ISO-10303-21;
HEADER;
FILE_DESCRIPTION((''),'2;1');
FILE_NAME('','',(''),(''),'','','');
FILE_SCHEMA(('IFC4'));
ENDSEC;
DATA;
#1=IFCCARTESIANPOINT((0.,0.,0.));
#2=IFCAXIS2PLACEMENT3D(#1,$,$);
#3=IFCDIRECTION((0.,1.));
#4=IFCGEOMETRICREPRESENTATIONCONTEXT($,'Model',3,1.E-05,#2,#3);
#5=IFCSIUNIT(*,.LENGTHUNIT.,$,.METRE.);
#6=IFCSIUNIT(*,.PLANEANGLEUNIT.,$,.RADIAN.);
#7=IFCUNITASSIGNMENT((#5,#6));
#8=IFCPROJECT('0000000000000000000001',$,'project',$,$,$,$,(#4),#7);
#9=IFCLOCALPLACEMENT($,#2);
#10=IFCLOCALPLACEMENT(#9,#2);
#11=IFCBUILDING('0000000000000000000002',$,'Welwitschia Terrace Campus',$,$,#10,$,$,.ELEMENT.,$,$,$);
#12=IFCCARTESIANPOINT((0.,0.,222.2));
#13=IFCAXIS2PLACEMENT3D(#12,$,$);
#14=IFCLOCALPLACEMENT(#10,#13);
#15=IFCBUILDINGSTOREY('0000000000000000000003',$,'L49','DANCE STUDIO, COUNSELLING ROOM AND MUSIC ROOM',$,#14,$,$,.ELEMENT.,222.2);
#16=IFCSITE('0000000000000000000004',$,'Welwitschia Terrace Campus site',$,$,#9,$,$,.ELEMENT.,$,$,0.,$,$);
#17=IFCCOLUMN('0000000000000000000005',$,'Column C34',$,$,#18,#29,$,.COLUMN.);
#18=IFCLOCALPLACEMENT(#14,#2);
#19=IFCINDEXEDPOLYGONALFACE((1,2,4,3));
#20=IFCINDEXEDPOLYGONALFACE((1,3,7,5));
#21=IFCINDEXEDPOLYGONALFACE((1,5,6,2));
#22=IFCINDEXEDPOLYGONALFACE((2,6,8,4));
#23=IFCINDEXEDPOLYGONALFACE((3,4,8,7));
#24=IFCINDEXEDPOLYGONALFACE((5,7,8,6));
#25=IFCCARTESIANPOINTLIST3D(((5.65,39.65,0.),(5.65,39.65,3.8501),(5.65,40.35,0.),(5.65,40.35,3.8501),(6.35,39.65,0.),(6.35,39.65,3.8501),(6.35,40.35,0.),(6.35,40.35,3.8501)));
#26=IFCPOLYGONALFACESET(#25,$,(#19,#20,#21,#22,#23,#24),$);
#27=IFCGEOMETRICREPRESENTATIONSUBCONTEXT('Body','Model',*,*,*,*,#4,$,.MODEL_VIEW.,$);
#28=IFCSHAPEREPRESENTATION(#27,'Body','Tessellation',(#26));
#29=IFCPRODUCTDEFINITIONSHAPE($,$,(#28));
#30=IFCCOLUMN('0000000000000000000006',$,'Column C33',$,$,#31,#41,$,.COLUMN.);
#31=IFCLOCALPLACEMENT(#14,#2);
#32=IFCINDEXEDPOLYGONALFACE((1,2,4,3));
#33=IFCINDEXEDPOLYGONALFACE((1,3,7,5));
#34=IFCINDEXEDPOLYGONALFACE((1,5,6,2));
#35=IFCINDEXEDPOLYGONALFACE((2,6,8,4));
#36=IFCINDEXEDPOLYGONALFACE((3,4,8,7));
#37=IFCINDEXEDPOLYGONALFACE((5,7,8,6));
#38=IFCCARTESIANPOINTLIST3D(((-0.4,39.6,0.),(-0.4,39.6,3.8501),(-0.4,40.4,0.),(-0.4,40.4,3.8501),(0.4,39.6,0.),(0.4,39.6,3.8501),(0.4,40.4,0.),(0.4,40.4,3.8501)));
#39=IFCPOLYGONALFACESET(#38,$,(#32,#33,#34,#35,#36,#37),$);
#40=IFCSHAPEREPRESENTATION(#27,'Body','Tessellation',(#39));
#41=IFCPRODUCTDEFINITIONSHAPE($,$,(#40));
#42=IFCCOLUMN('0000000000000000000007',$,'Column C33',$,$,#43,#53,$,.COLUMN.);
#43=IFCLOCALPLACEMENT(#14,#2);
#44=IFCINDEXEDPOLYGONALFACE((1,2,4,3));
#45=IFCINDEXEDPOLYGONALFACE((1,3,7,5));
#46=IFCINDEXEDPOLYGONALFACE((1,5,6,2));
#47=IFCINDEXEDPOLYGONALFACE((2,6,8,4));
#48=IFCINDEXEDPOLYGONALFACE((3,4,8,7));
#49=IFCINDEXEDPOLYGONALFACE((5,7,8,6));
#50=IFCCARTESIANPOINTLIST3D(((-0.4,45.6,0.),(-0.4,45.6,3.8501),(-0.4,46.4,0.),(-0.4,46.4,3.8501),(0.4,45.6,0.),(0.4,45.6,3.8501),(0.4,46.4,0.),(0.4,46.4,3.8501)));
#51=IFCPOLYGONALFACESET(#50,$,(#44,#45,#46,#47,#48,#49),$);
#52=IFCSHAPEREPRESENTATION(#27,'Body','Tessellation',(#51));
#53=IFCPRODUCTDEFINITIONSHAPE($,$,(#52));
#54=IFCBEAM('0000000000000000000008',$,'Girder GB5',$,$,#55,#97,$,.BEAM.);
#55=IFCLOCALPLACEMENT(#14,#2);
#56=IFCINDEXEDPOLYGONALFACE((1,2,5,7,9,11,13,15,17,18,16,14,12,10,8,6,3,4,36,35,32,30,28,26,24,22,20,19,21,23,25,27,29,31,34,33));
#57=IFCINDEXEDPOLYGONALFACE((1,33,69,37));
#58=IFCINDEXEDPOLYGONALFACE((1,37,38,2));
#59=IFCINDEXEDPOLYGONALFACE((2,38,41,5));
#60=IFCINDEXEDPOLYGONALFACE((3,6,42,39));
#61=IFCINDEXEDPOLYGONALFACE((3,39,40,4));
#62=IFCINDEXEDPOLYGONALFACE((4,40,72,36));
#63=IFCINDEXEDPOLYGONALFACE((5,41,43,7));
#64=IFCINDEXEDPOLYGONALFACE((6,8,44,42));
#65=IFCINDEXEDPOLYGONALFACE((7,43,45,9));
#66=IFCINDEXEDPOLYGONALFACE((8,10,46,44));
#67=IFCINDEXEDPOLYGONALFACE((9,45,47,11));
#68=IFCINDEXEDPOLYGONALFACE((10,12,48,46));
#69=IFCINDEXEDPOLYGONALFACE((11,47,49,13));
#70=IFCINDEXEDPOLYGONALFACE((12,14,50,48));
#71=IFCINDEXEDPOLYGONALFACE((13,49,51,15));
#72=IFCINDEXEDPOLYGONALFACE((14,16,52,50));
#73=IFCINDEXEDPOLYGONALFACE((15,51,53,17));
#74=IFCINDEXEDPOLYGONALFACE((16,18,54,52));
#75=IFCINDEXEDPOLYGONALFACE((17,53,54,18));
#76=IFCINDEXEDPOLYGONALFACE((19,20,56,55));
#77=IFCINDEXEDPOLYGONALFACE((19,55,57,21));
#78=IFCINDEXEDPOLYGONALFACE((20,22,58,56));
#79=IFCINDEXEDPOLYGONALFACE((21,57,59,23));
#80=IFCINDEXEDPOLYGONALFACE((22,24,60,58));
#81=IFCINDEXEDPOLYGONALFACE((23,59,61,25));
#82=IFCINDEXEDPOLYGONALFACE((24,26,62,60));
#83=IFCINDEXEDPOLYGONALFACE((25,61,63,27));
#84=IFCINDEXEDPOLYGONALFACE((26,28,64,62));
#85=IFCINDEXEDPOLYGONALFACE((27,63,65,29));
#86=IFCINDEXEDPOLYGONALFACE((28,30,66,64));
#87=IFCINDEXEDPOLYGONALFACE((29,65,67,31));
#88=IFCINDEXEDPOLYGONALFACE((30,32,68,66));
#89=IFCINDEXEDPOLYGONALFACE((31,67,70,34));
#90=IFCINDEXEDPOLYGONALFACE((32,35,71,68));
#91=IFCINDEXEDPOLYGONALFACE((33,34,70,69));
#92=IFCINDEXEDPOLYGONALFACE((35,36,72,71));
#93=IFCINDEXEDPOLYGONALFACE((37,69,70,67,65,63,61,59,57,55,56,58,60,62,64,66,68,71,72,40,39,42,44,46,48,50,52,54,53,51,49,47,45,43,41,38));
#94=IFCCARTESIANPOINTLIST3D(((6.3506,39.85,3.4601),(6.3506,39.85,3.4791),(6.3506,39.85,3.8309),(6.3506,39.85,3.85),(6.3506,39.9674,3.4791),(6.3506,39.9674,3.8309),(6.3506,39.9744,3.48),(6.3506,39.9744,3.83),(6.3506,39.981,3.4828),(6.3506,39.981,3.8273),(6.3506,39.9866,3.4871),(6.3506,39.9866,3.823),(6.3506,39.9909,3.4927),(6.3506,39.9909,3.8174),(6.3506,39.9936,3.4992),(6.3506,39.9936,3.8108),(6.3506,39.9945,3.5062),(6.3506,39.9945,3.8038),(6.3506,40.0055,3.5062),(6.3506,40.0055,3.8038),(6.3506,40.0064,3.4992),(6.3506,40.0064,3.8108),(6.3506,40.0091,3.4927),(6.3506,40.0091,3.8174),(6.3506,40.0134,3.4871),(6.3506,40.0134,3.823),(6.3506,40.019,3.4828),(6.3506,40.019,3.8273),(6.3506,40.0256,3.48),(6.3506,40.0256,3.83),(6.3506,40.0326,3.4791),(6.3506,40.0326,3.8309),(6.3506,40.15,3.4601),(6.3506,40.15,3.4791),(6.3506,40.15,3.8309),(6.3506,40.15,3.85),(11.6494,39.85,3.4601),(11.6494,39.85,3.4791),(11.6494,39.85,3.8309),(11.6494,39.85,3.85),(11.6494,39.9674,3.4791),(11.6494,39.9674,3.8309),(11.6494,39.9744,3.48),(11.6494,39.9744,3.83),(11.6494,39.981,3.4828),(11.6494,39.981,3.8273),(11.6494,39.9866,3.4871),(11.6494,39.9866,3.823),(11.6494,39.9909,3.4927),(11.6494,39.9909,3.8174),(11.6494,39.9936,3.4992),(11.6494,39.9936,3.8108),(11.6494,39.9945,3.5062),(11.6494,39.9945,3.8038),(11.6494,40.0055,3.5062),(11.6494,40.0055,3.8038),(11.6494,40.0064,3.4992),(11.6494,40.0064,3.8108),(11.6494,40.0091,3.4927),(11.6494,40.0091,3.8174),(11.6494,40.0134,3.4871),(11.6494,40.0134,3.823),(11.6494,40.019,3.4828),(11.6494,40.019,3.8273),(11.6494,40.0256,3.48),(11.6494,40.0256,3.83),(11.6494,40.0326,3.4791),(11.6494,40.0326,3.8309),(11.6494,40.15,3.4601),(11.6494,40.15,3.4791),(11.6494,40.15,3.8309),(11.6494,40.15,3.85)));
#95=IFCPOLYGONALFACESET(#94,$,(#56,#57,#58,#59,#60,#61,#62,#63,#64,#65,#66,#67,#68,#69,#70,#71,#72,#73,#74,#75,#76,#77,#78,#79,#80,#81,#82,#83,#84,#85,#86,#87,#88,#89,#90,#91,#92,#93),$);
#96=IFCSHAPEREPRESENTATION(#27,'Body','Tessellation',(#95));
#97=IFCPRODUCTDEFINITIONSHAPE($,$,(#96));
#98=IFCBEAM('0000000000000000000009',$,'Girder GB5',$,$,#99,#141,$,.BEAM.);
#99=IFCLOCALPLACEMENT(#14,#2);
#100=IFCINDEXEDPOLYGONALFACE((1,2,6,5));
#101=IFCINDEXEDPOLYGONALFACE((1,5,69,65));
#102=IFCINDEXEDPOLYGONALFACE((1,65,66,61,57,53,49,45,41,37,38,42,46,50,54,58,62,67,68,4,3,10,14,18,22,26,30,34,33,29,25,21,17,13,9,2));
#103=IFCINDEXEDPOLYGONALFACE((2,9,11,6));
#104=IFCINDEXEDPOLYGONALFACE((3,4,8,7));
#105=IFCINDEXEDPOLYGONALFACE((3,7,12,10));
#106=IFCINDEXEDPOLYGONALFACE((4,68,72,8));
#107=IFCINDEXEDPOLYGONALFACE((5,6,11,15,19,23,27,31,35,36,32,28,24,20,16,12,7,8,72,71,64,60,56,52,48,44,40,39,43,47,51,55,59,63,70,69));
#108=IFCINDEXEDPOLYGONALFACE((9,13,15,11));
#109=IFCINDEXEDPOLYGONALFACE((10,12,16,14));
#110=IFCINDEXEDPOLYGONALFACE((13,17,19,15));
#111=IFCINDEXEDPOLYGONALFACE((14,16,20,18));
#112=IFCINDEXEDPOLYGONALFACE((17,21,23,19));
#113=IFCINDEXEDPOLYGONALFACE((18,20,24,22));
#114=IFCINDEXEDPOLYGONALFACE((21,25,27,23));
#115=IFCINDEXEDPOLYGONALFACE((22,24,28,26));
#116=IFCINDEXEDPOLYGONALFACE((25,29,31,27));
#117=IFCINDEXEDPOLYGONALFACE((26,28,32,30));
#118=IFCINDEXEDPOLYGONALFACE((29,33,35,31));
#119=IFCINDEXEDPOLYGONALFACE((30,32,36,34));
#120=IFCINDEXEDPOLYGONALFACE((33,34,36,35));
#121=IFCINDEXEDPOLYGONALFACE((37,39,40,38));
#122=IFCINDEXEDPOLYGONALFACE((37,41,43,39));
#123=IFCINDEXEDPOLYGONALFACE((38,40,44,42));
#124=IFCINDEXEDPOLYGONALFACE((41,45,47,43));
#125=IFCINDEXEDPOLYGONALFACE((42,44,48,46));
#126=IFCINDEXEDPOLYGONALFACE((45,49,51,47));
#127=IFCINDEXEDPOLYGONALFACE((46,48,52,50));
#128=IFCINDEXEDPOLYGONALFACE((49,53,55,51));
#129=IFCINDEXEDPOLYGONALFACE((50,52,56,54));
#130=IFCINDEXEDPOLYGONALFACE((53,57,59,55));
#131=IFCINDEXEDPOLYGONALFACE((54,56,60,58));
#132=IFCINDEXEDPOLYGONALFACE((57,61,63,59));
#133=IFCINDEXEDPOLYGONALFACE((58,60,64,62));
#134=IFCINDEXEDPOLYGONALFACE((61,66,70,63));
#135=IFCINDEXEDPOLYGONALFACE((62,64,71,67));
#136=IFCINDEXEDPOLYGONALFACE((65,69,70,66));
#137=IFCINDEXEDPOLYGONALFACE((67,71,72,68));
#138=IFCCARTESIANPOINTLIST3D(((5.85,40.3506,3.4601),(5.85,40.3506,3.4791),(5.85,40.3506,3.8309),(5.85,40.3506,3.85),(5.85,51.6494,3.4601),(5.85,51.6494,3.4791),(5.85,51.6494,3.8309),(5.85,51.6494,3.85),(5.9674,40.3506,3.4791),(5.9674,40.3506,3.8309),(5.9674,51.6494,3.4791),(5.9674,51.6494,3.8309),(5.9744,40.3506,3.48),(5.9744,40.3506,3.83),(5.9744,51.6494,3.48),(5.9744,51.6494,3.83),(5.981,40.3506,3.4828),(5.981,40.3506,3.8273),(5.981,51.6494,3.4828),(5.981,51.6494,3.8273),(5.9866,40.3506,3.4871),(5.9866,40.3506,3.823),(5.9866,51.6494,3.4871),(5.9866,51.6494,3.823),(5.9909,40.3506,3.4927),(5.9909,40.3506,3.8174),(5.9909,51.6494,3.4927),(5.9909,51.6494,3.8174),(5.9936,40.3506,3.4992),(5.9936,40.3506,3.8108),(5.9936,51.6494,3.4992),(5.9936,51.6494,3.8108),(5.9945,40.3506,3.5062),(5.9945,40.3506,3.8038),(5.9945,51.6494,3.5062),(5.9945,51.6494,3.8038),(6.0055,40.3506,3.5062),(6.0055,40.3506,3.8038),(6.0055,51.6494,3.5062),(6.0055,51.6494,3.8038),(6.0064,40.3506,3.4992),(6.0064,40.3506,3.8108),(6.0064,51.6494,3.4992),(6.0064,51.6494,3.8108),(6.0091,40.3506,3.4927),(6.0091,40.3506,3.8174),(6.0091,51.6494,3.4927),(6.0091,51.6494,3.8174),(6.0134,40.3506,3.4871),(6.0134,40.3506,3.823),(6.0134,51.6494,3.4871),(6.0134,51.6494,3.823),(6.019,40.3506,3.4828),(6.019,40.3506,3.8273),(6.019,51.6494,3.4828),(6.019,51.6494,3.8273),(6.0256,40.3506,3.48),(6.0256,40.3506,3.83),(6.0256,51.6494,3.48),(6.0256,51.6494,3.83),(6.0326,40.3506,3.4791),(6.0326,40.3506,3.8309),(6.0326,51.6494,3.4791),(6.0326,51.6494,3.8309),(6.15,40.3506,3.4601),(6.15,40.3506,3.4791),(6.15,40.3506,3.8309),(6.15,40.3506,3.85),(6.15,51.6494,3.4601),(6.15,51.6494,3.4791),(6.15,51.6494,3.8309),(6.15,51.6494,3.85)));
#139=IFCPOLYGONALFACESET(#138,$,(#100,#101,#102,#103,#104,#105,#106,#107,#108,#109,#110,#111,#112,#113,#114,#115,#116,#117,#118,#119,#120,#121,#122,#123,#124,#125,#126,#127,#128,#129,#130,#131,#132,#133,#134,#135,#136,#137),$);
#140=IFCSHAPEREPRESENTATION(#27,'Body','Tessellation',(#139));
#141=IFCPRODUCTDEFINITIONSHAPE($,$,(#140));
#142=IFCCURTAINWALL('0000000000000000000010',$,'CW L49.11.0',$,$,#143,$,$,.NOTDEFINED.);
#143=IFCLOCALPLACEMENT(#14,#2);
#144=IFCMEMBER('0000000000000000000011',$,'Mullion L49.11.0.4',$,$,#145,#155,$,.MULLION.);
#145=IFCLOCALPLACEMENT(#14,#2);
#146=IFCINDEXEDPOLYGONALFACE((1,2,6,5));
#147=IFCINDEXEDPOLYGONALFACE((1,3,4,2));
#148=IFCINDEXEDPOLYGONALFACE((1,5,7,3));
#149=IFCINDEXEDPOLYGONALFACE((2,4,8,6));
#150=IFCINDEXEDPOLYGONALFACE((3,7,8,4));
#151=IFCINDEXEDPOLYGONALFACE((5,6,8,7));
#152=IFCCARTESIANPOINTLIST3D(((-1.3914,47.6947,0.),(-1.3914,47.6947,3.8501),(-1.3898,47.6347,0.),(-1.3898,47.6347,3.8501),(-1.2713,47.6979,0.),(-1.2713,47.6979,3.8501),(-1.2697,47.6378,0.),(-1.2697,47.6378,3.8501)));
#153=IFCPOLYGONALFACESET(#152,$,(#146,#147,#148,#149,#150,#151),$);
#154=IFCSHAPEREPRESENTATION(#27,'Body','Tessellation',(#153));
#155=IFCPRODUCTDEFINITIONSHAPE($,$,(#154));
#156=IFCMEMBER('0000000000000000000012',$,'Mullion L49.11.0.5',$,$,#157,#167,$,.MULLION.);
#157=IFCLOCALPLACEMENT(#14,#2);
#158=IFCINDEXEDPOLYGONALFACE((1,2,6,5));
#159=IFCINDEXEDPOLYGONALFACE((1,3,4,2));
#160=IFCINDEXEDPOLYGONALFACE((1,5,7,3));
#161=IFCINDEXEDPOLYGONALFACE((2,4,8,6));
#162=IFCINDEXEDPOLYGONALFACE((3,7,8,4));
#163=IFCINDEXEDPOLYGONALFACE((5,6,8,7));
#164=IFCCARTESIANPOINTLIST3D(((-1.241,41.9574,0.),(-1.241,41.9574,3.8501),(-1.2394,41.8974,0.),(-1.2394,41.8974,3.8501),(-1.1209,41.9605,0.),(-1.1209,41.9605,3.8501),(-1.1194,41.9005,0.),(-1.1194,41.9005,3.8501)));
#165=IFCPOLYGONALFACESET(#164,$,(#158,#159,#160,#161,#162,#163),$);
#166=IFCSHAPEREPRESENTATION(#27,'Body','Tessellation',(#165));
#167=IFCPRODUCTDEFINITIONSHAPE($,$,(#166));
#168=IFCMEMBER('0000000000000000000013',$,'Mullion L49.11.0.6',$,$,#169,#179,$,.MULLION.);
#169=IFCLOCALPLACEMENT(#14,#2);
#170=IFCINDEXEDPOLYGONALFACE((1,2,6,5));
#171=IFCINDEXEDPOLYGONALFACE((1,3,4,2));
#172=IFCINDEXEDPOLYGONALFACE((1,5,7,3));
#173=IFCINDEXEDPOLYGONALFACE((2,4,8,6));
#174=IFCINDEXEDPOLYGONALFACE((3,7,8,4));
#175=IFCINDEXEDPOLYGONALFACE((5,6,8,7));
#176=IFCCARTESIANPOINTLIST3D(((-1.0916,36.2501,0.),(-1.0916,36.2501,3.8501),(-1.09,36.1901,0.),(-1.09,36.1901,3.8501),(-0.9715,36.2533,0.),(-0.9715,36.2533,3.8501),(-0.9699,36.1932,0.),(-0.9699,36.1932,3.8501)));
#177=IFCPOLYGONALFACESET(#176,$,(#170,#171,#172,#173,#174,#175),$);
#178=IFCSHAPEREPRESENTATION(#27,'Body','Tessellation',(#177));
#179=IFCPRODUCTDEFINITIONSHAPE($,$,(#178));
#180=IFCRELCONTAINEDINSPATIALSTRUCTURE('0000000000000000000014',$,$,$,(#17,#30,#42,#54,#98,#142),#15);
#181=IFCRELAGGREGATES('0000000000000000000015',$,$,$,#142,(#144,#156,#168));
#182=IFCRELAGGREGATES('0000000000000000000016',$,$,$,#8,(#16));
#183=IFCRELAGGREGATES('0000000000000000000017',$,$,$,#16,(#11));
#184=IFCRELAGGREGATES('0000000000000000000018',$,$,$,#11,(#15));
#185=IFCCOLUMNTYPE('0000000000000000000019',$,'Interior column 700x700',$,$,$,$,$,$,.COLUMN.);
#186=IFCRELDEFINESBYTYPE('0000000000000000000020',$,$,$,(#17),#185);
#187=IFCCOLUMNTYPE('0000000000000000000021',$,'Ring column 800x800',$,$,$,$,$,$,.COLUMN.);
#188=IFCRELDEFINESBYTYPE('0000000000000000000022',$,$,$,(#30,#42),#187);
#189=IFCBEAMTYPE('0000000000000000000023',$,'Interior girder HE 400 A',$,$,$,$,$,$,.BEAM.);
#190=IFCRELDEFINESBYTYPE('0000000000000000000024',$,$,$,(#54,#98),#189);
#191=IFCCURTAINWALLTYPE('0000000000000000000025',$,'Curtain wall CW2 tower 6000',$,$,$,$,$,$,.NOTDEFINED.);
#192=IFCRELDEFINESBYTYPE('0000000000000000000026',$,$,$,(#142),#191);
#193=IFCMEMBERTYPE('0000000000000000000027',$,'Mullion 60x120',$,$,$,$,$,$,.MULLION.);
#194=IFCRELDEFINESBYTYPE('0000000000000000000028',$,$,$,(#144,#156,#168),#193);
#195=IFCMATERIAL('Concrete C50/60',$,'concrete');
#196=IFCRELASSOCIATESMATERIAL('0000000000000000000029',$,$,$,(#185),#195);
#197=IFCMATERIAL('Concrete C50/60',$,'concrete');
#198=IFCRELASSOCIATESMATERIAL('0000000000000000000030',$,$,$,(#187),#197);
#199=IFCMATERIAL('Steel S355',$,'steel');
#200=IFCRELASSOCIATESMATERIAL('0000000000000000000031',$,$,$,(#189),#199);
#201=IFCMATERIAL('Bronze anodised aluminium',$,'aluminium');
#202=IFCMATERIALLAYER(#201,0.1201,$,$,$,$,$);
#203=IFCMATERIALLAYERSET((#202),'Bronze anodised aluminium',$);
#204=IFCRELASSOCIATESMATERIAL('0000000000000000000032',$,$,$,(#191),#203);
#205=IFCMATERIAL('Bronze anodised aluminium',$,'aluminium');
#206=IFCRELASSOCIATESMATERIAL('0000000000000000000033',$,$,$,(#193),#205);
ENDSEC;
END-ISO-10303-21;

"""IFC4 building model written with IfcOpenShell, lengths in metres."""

from ifc_helpers import new_model, si_unit, direction, frame, origin, origin_2d, place, context, subcontext, project, spatial, rectangle, i_section, extrude, material, layer, layer_set, material_profile, profile_set, type_object, element, aggregate, save


model = new_model("IFC4")

# Units and contexts
model_context = context("Model", 3, precision=1e-05, world=origin(), true_north=direction((0.0, 1.0)))
body_context = subcontext(model_context, "Body", "Model", "MODEL_VIEW")
ifc_project = project(units=[si_unit("LENGTHUNIT", "METRE"), si_unit("PLANEANGLEUNIT", "RADIAN")], contexts=[model_context])

# Site, building, storey
site_placement = place(None, origin())
site = spatial("IfcSite", under=ifc_project, at=site_placement, Name="Welwitschia Terrace Campus site", CompositionType="ELEMENT", RefElevation=0.0)
building_placement = place(site_placement, origin())
building = spatial("IfcBuilding", under=site, at=building_placement, Name="Welwitschia Terrace Campus", CompositionType="ELEMENT")
storey_placement = place(building_placement, frame((0.0, 0.0, 222.2)))
storey = spatial("IfcBuildingStorey", under=building, at=storey_placement, Name="L49", Description="DANCE STUDIO, COUNSELLING ROOM AND MUSIC ROOM", CompositionType="ELEMENT", Elevation=222.2)

# Columns
ifc_material_1 = material(Name="Concrete C50/60", Category="concrete")
ifc_material_profile_1 = material_profile(ifc_material_1, rectangle(XDim=0.7, YDim=0.7, at=origin_2d()))
ifc_profile_set_1 = profile_set([ifc_material_profile_1], Name="Concrete C50/60")
column_type_1 = type_object("IfcColumnType", Name="Interior column 700x700", PredefinedType="COLUMN", material=ifc_profile_set_1)
column_placement = place(storey_placement, frame((6.0, 40.0, 0.0), z_axis=(0.0, 0.0, 1.0), x_axis=(1.0, 0.0, 0.0)))
element("IfcColumn", 1, at=column_placement, inside=storey, type_object=column_type_1, Name="Column C34", PredefinedType="COLUMN", context=body_context, shape_type="SweptSolid", body=[
    extrude(rectangle(XDim=0.7, YDim=0.7, at=origin_2d()), origin(), (0.0, 0.0, 1.0), 3.8501),
])
ifc_material_2 = material(Name="Concrete C50/60", Category="concrete")
ifc_material_profile_2 = material_profile(ifc_material_2, rectangle(XDim=0.8, YDim=0.8, at=origin_2d()))
ifc_profile_set_2 = profile_set([ifc_material_profile_2], Name="Concrete C50/60")
column_type_2 = type_object("IfcColumnType", Name="Ring column 800x800", PredefinedType="COLUMN", material=ifc_profile_set_2)
for number, where, z_axis, x_axis, name in (
    (2, (0.0, 40.0, 0.0), (0.0, 0.0, 1.0), (1.0, 0.0, 0.0), "Column C33"),
    (3, (0.0, 46.0, 0.0), (0.0, 0.0, 1.0), (1.0, 0.0, 0.0), "Column C33"),
):
    element("IfcColumn", number, at=place(storey_placement, frame(where, z_axis=z_axis, x_axis=x_axis)), inside=storey, type_object=column_type_2, Name=name, PredefinedType="COLUMN", context=body_context, shape_type="SweptSolid", body=[
        extrude(rectangle(XDim=0.8, YDim=0.8, at=origin_2d()), origin(), (0.0, 0.0, 1.0), 3.8501),
    ])

# Beams
ifc_material_3 = material(Name="Steel S355", Category="steel")
ifc_material_profile_3 = material_profile(ifc_material_3, i_section(OverallWidth=0.3, OverallDepth=0.3899, WebThickness=0.011, FlangeThickness=0.019, FilletRadius=0.0271, at=origin_2d()))
ifc_profile_set_3 = profile_set([ifc_material_profile_3], Name="Steel S355")
beam_type_1 = type_object("IfcBeamType", Name="Interior girder HE 400 A", PredefinedType="BEAM", material=ifc_profile_set_3)
beam_1_placement = place(storey_placement, frame((6.3506, 40.0, 3.655), z_axis=(1.0, 0.0, 0.0), x_axis=(0.0, 1.0, 0.0)))
element("IfcBeam", 4, at=beam_1_placement, inside=storey, type_object=beam_type_1, Name="Girder GB5", PredefinedType="BEAM", context=body_context, shape_type="SweptSolid", body=[
    extrude(i_section(OverallWidth=0.3, OverallDepth=0.3899, WebThickness=0.011, FlangeThickness=0.019, FilletRadius=0.0271, at=origin_2d()), origin(), (0.0, 0.0, 1.0), 5.2988),
])
beam_2_placement = place(storey_placement, frame((6.0, 40.3506, 3.655), z_axis=(0.0, 1.0, 0.0), x_axis=(-1.0, 0.0, 0.0)))
element("IfcBeam", 5, at=beam_2_placement, inside=storey, type_object=beam_type_1, Name="Girder GB5", PredefinedType="BEAM", context=body_context, shape_type="SweptSolid", body=[
    extrude(i_section(OverallWidth=0.3, OverallDepth=0.3899, WebThickness=0.011, FlangeThickness=0.019, FilletRadius=0.0271, at=origin_2d()), origin(), (0.0, 0.0, 1.0), 11.2988),
])

# Curtain wall, members
ifc_material_4 = material(Name="Bronze anodised aluminium", Category="aluminium")
ifc_layer_1 = layer(ifc_material_4, 0.1201)
ifc_layer_set_1 = layer_set([ifc_layer_1], Name="Bronze anodised aluminium")
curtain_wall_type = type_object("IfcCurtainWallType", Name="Curtain wall CW2 tower 6000", PredefinedType="NOTDEFINED", material=ifc_layer_set_1)
curtain_wall_placement = place(storey_placement, origin())
curtain_wall = element("IfcCurtainWall", 6, at=curtain_wall_placement, inside=storey, type_object=curtain_wall_type, Name="CW L49.11.0", PredefinedType="NOTDEFINED")
ifc_material_5 = material(Name="Bronze anodised aluminium", Category="aluminium")
ifc_material_profile_4 = material_profile(ifc_material_5, rectangle(XDim=0.1201, YDim=0.0601, at=origin_2d()))
ifc_profile_set_4 = profile_set([ifc_material_profile_4], Name="Bronze anodised aluminium")
member_type = type_object("IfcMemberType", Name="Mullion 60x120", PredefinedType="MULLION", material=ifc_profile_set_4)
member_1_placement = place(storey_placement, frame((-1.3306, 47.6663, 0.0), z_axis=(0.0, 0.0, 1.0), x_axis=(0.999657, 0.026177, 0.0)))
member_1 = element("IfcMember", 7, at=member_1_placement, type_object=member_type, Name="Mullion L49.11.0.4", PredefinedType="MULLION", context=body_context, shape_type="SweptSolid", body=[
    extrude(rectangle(XDim=0.1201, YDim=0.0601, at=origin_2d()), origin(), (0.0, 0.0, 1.0), 3.8501),
])
member_2_placement = place(storey_placement, frame((-1.1802, 41.929, 0.0), z_axis=(0.0, 0.0, 1.0), x_axis=(0.999657, 0.026177, 0.0)))
member_2 = element("IfcMember", 8, at=member_2_placement, type_object=member_type, Name="Mullion L49.11.0.5", PredefinedType="MULLION", context=body_context, shape_type="SweptSolid", body=[
    extrude(rectangle(XDim=0.1201, YDim=0.0601, at=origin_2d()), origin(), (0.0, 0.0, 1.0), 3.8501),
])
member_3_placement = place(storey_placement, frame((-1.0308, 36.2217, 0.0), z_axis=(0.0, 0.0, 1.0), x_axis=(0.999657, 0.026177, 0.0)))
member_3 = element("IfcMember", 9, at=member_3_placement, type_object=member_type, Name="Mullion L49.11.0.6", PredefinedType="MULLION", context=body_context, shape_type="SweptSolid", body=[
    extrude(rectangle(XDim=0.1201, YDim=0.0601, at=origin_2d()), origin(), (0.0, 0.0, 1.0), 3.8501),
])

aggregate(curtain_wall, [member_1, member_2, member_3])

save(model, "model.ifc")
